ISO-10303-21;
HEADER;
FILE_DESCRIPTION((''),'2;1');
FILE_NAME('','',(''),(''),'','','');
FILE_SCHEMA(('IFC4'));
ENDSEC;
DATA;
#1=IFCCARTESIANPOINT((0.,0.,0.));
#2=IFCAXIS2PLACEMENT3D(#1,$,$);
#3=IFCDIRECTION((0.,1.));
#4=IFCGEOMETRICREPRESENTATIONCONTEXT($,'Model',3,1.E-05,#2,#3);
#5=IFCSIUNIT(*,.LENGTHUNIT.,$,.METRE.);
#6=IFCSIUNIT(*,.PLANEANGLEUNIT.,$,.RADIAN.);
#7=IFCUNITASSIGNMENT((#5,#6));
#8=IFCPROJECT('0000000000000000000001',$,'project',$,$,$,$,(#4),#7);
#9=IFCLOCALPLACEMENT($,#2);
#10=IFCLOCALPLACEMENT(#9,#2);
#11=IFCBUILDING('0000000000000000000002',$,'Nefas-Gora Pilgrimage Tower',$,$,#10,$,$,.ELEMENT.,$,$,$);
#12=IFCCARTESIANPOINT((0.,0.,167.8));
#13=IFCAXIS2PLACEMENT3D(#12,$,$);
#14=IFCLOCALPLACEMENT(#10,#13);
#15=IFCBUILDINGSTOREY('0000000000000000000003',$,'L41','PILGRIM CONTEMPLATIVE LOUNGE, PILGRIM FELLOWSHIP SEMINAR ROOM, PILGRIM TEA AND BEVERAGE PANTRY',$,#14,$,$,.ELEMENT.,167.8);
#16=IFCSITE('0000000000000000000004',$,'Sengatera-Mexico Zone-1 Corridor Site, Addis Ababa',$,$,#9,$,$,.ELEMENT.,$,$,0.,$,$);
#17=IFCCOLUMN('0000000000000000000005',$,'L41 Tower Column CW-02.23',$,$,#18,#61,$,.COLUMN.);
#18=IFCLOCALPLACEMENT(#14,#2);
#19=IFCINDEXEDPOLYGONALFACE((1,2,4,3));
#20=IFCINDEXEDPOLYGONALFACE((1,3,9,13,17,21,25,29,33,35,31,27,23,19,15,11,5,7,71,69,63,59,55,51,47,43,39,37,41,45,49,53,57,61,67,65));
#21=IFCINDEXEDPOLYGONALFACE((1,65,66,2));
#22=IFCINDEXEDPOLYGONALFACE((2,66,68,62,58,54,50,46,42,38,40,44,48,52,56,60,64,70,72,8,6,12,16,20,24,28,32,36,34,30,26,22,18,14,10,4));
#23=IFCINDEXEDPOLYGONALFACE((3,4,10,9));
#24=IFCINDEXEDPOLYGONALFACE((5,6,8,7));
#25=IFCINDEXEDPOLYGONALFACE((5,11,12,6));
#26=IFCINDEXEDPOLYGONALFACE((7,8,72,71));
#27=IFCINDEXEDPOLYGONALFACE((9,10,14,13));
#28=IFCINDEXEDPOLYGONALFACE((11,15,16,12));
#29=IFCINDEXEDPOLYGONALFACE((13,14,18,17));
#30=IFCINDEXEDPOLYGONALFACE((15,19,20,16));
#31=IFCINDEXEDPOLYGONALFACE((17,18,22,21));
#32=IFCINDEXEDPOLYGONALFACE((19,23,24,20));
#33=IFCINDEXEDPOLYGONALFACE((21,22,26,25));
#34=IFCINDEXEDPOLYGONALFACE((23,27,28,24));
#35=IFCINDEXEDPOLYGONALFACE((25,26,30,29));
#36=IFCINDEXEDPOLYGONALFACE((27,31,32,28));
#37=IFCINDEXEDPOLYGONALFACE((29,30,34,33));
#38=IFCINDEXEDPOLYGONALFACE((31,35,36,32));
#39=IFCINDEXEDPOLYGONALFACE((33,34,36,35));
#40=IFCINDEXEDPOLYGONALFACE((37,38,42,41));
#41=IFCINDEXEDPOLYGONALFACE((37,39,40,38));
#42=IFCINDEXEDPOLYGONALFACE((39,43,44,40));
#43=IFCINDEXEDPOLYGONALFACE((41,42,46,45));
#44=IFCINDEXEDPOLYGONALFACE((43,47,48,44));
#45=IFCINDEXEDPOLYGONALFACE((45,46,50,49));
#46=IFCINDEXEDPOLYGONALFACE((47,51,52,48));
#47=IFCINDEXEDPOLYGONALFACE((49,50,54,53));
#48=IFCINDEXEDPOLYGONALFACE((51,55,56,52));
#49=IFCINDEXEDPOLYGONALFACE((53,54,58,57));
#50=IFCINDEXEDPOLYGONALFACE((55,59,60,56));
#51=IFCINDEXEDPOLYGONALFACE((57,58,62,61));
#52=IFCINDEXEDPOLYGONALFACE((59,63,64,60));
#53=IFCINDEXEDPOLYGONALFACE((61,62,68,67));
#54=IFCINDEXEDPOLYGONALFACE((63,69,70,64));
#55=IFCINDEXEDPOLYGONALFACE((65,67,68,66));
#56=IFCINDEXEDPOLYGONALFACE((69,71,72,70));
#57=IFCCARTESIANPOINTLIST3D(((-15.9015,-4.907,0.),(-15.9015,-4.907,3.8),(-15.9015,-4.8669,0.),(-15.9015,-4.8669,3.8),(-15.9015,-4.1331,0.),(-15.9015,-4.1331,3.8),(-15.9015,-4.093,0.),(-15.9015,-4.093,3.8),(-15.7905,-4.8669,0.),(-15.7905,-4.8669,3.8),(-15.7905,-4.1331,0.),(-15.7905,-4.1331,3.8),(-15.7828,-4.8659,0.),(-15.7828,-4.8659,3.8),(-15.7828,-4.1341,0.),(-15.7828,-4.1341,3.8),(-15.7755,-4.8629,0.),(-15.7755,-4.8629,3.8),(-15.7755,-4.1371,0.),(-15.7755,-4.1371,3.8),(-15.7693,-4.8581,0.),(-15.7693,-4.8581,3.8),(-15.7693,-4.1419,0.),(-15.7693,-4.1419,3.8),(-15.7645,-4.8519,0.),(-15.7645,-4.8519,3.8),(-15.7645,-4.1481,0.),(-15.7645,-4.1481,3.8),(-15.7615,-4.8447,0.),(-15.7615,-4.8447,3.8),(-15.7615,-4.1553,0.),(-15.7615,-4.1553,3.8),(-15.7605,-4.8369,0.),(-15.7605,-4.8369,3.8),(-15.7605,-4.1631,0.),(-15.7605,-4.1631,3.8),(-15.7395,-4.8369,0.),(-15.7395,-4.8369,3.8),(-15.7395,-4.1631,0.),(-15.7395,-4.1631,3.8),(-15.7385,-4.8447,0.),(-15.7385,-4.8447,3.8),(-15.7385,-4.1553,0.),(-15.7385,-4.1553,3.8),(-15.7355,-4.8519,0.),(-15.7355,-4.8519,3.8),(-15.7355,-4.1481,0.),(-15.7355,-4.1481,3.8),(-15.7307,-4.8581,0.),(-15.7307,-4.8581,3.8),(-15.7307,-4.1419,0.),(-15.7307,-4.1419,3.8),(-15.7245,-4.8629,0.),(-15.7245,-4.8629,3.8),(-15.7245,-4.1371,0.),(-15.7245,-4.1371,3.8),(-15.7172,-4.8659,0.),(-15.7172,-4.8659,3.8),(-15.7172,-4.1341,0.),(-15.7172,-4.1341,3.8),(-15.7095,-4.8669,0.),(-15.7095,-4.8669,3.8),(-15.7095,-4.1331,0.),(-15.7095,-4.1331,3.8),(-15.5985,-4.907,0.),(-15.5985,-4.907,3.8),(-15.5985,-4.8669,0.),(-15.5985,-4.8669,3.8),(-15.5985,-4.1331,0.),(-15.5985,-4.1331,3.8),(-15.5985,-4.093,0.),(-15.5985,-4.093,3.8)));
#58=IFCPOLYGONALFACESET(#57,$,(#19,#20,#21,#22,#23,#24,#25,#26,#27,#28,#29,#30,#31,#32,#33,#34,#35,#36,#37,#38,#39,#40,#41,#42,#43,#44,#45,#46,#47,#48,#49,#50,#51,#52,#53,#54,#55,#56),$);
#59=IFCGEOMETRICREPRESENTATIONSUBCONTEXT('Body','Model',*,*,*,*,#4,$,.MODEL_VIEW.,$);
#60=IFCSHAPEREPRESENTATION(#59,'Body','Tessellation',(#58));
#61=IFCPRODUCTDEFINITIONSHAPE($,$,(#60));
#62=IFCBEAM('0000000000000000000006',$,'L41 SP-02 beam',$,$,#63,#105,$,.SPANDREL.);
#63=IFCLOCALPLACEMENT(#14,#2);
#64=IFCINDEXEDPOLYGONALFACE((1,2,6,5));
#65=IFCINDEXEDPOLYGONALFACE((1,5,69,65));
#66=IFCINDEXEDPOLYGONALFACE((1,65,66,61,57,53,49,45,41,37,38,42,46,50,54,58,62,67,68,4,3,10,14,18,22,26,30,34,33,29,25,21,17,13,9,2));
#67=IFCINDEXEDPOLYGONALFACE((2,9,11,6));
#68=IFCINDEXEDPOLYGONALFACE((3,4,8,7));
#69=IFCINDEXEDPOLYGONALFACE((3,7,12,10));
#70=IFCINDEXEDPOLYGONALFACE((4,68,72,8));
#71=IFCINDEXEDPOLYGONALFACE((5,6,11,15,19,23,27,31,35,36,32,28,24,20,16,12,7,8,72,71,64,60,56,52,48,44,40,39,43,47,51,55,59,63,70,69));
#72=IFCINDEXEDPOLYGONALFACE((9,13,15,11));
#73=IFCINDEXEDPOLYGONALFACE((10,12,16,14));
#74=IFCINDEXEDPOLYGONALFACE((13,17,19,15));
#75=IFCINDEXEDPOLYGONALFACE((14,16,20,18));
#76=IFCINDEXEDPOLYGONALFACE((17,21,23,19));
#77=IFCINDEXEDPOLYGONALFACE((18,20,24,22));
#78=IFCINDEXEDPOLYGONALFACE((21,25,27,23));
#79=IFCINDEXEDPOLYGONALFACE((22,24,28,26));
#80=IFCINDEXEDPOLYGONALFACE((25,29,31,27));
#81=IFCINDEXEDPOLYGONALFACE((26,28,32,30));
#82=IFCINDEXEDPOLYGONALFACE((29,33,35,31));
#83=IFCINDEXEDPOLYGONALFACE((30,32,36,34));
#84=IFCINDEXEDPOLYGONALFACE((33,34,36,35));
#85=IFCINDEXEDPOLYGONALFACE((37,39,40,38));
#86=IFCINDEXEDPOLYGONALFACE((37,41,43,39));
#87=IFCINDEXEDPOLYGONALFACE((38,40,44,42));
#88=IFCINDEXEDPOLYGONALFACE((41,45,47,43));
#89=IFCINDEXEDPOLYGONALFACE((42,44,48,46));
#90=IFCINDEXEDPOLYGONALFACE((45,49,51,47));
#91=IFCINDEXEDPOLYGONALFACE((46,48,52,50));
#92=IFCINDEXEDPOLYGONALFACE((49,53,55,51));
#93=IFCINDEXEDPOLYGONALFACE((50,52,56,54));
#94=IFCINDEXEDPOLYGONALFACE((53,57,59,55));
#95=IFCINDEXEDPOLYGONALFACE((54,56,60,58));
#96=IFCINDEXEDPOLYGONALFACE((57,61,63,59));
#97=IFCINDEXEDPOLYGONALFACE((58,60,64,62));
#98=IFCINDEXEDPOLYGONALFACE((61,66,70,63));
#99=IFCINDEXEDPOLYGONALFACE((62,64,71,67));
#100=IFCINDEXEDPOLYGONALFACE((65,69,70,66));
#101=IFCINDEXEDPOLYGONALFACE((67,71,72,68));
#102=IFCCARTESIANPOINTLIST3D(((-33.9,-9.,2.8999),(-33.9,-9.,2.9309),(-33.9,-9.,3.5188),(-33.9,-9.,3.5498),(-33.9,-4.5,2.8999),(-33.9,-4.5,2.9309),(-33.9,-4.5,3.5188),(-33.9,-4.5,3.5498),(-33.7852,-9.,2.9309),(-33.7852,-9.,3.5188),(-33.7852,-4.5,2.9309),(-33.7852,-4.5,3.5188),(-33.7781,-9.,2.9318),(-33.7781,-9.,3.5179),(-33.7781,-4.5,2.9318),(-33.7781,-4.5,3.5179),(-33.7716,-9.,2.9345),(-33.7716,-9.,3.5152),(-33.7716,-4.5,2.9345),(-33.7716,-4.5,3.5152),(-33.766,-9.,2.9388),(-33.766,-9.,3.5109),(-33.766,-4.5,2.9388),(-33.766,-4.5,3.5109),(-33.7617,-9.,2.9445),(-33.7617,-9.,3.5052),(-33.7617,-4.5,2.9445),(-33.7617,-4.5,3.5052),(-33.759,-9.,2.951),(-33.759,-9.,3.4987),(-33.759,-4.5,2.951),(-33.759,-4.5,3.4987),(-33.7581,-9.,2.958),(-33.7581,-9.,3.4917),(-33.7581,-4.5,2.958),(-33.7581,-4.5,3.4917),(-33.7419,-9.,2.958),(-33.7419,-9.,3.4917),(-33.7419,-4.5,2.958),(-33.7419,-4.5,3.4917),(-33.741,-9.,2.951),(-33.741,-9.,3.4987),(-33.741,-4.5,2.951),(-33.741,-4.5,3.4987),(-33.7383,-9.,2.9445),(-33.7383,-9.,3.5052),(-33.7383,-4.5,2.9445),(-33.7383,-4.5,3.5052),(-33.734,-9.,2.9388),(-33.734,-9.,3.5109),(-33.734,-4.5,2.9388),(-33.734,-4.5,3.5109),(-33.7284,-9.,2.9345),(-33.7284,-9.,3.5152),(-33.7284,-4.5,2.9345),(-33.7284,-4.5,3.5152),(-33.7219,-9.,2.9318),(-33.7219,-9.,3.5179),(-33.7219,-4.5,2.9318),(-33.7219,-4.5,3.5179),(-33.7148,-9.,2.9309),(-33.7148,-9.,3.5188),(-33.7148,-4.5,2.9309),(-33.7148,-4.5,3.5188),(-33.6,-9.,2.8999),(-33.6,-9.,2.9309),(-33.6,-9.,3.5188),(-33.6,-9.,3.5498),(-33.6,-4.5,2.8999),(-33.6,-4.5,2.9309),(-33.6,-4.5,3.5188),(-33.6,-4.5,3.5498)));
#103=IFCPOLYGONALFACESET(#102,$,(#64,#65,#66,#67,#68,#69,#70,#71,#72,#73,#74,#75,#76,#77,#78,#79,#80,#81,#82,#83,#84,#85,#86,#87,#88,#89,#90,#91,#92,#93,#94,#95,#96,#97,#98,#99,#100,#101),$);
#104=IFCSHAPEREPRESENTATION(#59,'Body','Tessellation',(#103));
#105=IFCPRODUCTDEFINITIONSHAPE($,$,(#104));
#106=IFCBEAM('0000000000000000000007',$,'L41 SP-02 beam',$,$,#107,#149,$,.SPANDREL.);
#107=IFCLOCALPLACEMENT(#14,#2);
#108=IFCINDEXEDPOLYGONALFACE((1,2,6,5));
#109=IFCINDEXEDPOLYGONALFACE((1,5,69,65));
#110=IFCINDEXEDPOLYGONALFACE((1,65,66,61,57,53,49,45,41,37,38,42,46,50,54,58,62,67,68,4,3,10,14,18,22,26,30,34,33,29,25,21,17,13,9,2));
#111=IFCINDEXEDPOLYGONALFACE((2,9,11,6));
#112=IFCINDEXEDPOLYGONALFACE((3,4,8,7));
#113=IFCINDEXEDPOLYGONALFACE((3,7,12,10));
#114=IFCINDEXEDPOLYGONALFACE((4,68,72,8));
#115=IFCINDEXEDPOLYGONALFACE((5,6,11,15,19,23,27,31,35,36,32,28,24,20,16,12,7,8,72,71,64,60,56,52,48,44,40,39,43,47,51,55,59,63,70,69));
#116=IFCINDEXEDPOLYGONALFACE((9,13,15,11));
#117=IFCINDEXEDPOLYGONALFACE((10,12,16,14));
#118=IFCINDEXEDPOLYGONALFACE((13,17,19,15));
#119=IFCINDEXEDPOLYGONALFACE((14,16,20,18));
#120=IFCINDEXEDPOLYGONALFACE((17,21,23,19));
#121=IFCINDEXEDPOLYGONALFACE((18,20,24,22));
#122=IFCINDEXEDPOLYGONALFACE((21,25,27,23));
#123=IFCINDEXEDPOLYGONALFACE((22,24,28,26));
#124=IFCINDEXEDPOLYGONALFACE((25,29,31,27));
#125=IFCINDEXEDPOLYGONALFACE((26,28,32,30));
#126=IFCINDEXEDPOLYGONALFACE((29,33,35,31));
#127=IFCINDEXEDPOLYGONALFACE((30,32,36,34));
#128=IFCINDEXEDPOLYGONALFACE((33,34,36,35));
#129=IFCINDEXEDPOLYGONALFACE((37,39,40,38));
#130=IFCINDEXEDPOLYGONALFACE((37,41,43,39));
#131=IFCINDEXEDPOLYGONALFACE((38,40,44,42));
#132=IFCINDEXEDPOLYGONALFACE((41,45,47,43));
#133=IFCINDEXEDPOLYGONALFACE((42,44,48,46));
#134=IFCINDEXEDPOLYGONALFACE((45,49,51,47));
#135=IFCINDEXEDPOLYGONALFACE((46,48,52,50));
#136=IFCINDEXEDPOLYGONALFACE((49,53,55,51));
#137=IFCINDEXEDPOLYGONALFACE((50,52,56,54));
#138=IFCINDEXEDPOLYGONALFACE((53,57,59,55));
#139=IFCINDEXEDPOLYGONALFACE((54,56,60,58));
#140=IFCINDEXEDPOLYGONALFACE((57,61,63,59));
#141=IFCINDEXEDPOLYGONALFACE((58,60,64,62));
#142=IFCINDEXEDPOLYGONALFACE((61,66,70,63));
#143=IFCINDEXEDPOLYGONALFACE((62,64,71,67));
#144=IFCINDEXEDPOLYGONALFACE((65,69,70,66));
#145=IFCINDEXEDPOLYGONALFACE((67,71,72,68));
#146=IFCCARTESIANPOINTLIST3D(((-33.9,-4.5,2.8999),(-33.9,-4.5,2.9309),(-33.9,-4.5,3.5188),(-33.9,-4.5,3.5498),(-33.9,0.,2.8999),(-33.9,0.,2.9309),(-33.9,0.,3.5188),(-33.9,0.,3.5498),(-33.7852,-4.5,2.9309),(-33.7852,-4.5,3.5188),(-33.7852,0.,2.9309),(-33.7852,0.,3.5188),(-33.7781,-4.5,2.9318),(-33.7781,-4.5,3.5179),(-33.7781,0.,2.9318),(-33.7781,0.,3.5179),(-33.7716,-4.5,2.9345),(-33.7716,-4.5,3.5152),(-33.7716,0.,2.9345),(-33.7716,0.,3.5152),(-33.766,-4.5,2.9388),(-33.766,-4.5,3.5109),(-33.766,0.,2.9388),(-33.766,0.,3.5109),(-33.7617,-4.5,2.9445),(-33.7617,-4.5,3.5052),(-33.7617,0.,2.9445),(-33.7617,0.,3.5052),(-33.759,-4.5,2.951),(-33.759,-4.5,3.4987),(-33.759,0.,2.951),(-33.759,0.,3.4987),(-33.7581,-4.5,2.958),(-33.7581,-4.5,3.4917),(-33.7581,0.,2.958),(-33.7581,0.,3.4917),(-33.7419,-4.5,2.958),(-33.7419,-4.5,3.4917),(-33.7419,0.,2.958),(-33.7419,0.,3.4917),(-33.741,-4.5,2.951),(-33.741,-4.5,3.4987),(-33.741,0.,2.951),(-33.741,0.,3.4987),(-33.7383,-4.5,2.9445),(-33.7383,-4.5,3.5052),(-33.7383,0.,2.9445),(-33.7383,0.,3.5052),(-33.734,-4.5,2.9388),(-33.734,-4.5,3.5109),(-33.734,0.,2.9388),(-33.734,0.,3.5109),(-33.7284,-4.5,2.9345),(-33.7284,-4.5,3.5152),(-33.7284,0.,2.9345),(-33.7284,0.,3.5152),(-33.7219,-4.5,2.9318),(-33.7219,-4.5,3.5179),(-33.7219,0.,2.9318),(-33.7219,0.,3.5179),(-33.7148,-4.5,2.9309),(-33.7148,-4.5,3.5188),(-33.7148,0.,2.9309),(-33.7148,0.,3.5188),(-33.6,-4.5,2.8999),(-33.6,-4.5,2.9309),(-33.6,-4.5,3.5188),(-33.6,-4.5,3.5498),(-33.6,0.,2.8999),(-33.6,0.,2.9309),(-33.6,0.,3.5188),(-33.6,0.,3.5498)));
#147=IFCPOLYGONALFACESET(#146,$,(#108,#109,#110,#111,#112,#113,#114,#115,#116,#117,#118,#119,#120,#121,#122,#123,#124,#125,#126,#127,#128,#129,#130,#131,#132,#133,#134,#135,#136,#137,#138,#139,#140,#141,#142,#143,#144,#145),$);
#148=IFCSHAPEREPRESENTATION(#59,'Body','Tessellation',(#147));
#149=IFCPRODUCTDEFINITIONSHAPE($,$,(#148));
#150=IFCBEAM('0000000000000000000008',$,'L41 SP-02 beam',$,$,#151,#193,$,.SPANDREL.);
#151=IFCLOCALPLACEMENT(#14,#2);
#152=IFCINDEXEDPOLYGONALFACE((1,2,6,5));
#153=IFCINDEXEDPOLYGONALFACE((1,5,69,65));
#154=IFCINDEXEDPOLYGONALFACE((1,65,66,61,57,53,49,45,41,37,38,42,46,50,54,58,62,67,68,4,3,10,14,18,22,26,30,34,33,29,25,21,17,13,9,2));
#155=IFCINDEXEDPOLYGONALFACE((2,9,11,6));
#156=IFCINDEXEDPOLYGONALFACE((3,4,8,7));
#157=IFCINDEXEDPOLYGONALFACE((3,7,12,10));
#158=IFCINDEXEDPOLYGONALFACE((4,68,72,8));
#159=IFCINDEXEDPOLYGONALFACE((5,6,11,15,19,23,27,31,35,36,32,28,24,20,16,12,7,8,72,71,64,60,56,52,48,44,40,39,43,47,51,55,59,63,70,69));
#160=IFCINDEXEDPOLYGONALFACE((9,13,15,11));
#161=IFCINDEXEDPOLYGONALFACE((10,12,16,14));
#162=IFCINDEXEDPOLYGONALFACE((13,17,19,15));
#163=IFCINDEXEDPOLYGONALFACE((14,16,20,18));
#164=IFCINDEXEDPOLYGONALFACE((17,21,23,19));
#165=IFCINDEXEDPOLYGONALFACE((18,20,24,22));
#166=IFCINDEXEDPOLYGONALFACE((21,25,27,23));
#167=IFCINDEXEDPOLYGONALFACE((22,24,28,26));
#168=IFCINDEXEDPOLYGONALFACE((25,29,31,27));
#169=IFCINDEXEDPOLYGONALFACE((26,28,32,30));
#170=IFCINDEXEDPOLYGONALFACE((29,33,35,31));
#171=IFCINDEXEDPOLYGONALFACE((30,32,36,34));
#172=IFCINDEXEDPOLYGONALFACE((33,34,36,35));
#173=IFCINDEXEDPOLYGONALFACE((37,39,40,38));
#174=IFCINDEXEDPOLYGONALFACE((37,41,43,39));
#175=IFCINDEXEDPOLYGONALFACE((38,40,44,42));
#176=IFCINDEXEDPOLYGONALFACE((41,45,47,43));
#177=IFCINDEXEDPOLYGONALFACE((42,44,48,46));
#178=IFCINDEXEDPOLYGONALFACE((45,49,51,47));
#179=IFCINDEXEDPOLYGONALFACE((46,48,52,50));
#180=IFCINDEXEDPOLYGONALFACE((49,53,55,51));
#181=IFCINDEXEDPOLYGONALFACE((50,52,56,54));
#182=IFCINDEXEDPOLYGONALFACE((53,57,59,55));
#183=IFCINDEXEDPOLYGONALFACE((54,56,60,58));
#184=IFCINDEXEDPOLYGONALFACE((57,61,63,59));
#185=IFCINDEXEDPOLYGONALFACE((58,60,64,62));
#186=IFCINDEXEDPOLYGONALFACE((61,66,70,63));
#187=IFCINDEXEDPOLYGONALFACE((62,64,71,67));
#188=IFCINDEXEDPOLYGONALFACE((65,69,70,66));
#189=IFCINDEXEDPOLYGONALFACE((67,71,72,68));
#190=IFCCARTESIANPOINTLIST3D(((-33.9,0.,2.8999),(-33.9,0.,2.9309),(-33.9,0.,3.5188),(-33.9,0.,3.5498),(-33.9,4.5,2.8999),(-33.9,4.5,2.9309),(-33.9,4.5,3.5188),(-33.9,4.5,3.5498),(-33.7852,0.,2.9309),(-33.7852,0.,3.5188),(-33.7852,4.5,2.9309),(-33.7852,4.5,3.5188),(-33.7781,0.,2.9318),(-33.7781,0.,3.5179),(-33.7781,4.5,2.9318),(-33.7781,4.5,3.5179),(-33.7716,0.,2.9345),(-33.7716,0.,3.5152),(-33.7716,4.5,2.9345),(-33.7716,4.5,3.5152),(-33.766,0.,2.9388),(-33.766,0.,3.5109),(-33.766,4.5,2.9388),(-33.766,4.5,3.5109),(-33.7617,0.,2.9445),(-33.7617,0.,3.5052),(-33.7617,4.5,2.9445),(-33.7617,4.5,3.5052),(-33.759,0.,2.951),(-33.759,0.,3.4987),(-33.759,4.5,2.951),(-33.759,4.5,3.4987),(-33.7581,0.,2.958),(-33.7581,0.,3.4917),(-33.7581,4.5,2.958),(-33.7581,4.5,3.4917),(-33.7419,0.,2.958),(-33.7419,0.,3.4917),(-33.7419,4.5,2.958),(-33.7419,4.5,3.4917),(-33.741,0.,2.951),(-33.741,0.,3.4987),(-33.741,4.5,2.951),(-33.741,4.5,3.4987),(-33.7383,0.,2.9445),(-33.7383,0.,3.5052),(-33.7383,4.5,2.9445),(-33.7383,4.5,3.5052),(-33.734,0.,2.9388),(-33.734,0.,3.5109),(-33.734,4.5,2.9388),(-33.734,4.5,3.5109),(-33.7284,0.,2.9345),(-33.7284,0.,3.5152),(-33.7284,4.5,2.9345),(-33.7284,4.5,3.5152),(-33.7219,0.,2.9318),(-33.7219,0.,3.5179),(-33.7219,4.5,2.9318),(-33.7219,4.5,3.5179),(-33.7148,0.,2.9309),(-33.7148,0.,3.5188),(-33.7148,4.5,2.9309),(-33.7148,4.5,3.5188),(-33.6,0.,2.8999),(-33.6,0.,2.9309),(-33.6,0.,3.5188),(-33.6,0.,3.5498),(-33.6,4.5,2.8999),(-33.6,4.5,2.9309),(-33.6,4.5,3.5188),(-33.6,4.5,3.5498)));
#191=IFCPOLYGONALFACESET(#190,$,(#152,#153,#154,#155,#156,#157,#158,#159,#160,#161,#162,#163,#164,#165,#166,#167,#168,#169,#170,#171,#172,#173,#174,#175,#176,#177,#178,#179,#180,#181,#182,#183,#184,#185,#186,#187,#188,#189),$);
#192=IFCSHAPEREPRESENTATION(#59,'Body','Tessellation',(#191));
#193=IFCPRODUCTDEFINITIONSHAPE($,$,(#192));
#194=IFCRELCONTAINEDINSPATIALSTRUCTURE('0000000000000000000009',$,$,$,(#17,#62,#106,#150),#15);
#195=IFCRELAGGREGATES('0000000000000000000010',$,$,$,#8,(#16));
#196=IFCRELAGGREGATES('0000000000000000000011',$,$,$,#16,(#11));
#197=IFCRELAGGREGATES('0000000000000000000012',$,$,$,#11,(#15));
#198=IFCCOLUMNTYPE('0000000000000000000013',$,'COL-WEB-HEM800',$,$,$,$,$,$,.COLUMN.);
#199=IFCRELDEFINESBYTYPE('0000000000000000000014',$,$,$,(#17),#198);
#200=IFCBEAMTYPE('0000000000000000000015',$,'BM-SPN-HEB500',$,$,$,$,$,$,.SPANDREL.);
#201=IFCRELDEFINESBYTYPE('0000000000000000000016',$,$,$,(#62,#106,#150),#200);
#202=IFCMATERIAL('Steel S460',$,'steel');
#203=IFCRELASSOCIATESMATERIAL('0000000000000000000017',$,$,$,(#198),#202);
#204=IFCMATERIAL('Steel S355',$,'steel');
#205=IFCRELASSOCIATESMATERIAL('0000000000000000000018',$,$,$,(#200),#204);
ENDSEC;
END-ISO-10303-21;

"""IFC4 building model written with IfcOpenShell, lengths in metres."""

from ifc_helpers import new_model, si_unit, direction, frame, origin, origin_2d, place, context, subcontext, project, spatial, i_section, extrude, source, transform, mapped, material, material_profile, profile_set, type_object, element, save


model = new_model("IFC4")

# Units and contexts
model_context = context("Model", 3, precision=1e-05, world=origin(), true_north=direction((0.0, 1.0)))
body_context = subcontext(model_context, "Body", "Model", "MODEL_VIEW")
ifc_project = project(units=[si_unit("LENGTHUNIT", "METRE"), si_unit("PLANEANGLEUNIT", "RADIAN")], contexts=[model_context])

# Site, building, storey
site_placement = place(None, origin())
site = spatial("IfcSite", under=ifc_project, at=site_placement, Name="Sengatera-Mexico Zone-1 Corridor Site, Addis Ababa", CompositionType="ELEMENT", RefElevation=0.0)
building_placement = place(site_placement, origin())
building = spatial("IfcBuilding", under=site, at=building_placement, Name="Nefas-Gora Pilgrimage Tower", CompositionType="ELEMENT")
storey_placement = place(building_placement, frame((0.0, 0.0, 167.8)))
storey = spatial("IfcBuildingStorey", under=building, at=storey_placement, Name="L41", Description="PILGRIM CONTEMPLATIVE LOUNGE, PILGRIM FELLOWSHIP SEMINAR ROOM, PILGRIM TEA AND BEVERAGE PANTRY", CompositionType="ELEMENT", Elevation=167.8)

# Column
ifc_material_1 = material(Name="Steel S460", Category="steel")
ifc_material_profile_1 = material_profile(ifc_material_1, i_section(OverallWidth=0.303, OverallDepth=0.814, WebThickness=0.021, FlangeThickness=0.04, FilletRadius=0.03, at=origin_2d()), Name="HEM 800")
ifc_profile_set_1 = profile_set([ifc_material_profile_1], Name="Steel S460")
column_type_1 = type_object("IfcColumnType", Name="COL-WEB-HEM800", PredefinedType="COLUMN", material=ifc_profile_set_1)
shared_shape_1 = source(origin(), body_context, "Body", "SweptSolid", [
    extrude(i_section(OverallWidth=0.303, OverallDepth=0.814, WebThickness=0.021, FlangeThickness=0.04, FilletRadius=0.03, at=origin_2d()), origin(), (0.0, 0.0, 1.0), 3.8),
])
for number, where, z_axis, x_axis, name in (
    (1, (-15.75, -4.5, 0.0), (0.0, 0.0, 1.0), (1.0, 0.0, 0.0), "L41 Tower Column CW-02.23"),
):
    element("IfcColumn", number, at=place(storey_placement, frame(where, z_axis=z_axis, x_axis=x_axis)), inside=storey, type_object=column_type_1, Name=name, PredefinedType="COLUMN", context=body_context, shape_type="MappedRepresentation", body=[
        mapped(shared_shape_1, transform((0.0, 0.0, 0.0), x_axis=(1.0, 0.0, 0.0), y_axis=(0.0, 1.0, 0.0), z_axis=(0.0, 0.0, 1.0), scale=1.0)),
    ])

# Beams
ifc_material_2 = material(Name="Steel S355", Category="steel")
ifc_material_profile_2 = material_profile(ifc_material_2, i_section(OverallWidth=0.3, OverallDepth=0.6499, WebThickness=0.0161, FlangeThickness=0.031, FilletRadius=0.0271, at=origin_2d()), Name="HEB 650")
ifc_profile_set_2 = profile_set([ifc_material_profile_2], Name="Steel S355")
beam_type_1 = type_object("IfcBeamType", Name="BM-SPN-HEB500", PredefinedType="SPANDREL", material=ifc_profile_set_2)
shared_shape_2 = source(origin(), body_context, "Body", "SweptSolid", [
    extrude(i_section(OverallWidth=0.3, OverallDepth=0.6499, WebThickness=0.0161, FlangeThickness=0.031, FilletRadius=0.0271, at=origin_2d()), origin(), (0.0, 0.0, 1.0), 4.5),
])
for number, where, z_axis, x_axis, name in (
    (2, (-33.75, -9.0, 3.2249), (0.0, 1.0, 0.0), (-1.0, 0.0, 0.0), "L41 SP-02 beam"),
    (3, (-33.75, -4.5, 3.2249), (0.0, 1.0, 0.0), (-1.0, 0.0, 0.0), "L41 SP-02 beam"),
    (4, (-33.75, 0.0, 3.2249), (0.0, 1.0, 0.0), (-1.0, 0.0, 0.0), "L41 SP-02 beam"),
):
    element("IfcBeam", number, at=place(storey_placement, frame(where, z_axis=z_axis, x_axis=x_axis)), inside=storey, type_object=beam_type_1, Name=name, PredefinedType="SPANDREL", context=body_context, shape_type="MappedRepresentation", body=[
        mapped(shared_shape_2, transform((0.0, 0.0, 0.0), x_axis=(1.0, 0.0, 0.0), y_axis=(0.0, 1.0, 0.0), z_axis=(0.0, 0.0, 1.0), scale=1.0)),
    ])

save(model, "model.ifc")
